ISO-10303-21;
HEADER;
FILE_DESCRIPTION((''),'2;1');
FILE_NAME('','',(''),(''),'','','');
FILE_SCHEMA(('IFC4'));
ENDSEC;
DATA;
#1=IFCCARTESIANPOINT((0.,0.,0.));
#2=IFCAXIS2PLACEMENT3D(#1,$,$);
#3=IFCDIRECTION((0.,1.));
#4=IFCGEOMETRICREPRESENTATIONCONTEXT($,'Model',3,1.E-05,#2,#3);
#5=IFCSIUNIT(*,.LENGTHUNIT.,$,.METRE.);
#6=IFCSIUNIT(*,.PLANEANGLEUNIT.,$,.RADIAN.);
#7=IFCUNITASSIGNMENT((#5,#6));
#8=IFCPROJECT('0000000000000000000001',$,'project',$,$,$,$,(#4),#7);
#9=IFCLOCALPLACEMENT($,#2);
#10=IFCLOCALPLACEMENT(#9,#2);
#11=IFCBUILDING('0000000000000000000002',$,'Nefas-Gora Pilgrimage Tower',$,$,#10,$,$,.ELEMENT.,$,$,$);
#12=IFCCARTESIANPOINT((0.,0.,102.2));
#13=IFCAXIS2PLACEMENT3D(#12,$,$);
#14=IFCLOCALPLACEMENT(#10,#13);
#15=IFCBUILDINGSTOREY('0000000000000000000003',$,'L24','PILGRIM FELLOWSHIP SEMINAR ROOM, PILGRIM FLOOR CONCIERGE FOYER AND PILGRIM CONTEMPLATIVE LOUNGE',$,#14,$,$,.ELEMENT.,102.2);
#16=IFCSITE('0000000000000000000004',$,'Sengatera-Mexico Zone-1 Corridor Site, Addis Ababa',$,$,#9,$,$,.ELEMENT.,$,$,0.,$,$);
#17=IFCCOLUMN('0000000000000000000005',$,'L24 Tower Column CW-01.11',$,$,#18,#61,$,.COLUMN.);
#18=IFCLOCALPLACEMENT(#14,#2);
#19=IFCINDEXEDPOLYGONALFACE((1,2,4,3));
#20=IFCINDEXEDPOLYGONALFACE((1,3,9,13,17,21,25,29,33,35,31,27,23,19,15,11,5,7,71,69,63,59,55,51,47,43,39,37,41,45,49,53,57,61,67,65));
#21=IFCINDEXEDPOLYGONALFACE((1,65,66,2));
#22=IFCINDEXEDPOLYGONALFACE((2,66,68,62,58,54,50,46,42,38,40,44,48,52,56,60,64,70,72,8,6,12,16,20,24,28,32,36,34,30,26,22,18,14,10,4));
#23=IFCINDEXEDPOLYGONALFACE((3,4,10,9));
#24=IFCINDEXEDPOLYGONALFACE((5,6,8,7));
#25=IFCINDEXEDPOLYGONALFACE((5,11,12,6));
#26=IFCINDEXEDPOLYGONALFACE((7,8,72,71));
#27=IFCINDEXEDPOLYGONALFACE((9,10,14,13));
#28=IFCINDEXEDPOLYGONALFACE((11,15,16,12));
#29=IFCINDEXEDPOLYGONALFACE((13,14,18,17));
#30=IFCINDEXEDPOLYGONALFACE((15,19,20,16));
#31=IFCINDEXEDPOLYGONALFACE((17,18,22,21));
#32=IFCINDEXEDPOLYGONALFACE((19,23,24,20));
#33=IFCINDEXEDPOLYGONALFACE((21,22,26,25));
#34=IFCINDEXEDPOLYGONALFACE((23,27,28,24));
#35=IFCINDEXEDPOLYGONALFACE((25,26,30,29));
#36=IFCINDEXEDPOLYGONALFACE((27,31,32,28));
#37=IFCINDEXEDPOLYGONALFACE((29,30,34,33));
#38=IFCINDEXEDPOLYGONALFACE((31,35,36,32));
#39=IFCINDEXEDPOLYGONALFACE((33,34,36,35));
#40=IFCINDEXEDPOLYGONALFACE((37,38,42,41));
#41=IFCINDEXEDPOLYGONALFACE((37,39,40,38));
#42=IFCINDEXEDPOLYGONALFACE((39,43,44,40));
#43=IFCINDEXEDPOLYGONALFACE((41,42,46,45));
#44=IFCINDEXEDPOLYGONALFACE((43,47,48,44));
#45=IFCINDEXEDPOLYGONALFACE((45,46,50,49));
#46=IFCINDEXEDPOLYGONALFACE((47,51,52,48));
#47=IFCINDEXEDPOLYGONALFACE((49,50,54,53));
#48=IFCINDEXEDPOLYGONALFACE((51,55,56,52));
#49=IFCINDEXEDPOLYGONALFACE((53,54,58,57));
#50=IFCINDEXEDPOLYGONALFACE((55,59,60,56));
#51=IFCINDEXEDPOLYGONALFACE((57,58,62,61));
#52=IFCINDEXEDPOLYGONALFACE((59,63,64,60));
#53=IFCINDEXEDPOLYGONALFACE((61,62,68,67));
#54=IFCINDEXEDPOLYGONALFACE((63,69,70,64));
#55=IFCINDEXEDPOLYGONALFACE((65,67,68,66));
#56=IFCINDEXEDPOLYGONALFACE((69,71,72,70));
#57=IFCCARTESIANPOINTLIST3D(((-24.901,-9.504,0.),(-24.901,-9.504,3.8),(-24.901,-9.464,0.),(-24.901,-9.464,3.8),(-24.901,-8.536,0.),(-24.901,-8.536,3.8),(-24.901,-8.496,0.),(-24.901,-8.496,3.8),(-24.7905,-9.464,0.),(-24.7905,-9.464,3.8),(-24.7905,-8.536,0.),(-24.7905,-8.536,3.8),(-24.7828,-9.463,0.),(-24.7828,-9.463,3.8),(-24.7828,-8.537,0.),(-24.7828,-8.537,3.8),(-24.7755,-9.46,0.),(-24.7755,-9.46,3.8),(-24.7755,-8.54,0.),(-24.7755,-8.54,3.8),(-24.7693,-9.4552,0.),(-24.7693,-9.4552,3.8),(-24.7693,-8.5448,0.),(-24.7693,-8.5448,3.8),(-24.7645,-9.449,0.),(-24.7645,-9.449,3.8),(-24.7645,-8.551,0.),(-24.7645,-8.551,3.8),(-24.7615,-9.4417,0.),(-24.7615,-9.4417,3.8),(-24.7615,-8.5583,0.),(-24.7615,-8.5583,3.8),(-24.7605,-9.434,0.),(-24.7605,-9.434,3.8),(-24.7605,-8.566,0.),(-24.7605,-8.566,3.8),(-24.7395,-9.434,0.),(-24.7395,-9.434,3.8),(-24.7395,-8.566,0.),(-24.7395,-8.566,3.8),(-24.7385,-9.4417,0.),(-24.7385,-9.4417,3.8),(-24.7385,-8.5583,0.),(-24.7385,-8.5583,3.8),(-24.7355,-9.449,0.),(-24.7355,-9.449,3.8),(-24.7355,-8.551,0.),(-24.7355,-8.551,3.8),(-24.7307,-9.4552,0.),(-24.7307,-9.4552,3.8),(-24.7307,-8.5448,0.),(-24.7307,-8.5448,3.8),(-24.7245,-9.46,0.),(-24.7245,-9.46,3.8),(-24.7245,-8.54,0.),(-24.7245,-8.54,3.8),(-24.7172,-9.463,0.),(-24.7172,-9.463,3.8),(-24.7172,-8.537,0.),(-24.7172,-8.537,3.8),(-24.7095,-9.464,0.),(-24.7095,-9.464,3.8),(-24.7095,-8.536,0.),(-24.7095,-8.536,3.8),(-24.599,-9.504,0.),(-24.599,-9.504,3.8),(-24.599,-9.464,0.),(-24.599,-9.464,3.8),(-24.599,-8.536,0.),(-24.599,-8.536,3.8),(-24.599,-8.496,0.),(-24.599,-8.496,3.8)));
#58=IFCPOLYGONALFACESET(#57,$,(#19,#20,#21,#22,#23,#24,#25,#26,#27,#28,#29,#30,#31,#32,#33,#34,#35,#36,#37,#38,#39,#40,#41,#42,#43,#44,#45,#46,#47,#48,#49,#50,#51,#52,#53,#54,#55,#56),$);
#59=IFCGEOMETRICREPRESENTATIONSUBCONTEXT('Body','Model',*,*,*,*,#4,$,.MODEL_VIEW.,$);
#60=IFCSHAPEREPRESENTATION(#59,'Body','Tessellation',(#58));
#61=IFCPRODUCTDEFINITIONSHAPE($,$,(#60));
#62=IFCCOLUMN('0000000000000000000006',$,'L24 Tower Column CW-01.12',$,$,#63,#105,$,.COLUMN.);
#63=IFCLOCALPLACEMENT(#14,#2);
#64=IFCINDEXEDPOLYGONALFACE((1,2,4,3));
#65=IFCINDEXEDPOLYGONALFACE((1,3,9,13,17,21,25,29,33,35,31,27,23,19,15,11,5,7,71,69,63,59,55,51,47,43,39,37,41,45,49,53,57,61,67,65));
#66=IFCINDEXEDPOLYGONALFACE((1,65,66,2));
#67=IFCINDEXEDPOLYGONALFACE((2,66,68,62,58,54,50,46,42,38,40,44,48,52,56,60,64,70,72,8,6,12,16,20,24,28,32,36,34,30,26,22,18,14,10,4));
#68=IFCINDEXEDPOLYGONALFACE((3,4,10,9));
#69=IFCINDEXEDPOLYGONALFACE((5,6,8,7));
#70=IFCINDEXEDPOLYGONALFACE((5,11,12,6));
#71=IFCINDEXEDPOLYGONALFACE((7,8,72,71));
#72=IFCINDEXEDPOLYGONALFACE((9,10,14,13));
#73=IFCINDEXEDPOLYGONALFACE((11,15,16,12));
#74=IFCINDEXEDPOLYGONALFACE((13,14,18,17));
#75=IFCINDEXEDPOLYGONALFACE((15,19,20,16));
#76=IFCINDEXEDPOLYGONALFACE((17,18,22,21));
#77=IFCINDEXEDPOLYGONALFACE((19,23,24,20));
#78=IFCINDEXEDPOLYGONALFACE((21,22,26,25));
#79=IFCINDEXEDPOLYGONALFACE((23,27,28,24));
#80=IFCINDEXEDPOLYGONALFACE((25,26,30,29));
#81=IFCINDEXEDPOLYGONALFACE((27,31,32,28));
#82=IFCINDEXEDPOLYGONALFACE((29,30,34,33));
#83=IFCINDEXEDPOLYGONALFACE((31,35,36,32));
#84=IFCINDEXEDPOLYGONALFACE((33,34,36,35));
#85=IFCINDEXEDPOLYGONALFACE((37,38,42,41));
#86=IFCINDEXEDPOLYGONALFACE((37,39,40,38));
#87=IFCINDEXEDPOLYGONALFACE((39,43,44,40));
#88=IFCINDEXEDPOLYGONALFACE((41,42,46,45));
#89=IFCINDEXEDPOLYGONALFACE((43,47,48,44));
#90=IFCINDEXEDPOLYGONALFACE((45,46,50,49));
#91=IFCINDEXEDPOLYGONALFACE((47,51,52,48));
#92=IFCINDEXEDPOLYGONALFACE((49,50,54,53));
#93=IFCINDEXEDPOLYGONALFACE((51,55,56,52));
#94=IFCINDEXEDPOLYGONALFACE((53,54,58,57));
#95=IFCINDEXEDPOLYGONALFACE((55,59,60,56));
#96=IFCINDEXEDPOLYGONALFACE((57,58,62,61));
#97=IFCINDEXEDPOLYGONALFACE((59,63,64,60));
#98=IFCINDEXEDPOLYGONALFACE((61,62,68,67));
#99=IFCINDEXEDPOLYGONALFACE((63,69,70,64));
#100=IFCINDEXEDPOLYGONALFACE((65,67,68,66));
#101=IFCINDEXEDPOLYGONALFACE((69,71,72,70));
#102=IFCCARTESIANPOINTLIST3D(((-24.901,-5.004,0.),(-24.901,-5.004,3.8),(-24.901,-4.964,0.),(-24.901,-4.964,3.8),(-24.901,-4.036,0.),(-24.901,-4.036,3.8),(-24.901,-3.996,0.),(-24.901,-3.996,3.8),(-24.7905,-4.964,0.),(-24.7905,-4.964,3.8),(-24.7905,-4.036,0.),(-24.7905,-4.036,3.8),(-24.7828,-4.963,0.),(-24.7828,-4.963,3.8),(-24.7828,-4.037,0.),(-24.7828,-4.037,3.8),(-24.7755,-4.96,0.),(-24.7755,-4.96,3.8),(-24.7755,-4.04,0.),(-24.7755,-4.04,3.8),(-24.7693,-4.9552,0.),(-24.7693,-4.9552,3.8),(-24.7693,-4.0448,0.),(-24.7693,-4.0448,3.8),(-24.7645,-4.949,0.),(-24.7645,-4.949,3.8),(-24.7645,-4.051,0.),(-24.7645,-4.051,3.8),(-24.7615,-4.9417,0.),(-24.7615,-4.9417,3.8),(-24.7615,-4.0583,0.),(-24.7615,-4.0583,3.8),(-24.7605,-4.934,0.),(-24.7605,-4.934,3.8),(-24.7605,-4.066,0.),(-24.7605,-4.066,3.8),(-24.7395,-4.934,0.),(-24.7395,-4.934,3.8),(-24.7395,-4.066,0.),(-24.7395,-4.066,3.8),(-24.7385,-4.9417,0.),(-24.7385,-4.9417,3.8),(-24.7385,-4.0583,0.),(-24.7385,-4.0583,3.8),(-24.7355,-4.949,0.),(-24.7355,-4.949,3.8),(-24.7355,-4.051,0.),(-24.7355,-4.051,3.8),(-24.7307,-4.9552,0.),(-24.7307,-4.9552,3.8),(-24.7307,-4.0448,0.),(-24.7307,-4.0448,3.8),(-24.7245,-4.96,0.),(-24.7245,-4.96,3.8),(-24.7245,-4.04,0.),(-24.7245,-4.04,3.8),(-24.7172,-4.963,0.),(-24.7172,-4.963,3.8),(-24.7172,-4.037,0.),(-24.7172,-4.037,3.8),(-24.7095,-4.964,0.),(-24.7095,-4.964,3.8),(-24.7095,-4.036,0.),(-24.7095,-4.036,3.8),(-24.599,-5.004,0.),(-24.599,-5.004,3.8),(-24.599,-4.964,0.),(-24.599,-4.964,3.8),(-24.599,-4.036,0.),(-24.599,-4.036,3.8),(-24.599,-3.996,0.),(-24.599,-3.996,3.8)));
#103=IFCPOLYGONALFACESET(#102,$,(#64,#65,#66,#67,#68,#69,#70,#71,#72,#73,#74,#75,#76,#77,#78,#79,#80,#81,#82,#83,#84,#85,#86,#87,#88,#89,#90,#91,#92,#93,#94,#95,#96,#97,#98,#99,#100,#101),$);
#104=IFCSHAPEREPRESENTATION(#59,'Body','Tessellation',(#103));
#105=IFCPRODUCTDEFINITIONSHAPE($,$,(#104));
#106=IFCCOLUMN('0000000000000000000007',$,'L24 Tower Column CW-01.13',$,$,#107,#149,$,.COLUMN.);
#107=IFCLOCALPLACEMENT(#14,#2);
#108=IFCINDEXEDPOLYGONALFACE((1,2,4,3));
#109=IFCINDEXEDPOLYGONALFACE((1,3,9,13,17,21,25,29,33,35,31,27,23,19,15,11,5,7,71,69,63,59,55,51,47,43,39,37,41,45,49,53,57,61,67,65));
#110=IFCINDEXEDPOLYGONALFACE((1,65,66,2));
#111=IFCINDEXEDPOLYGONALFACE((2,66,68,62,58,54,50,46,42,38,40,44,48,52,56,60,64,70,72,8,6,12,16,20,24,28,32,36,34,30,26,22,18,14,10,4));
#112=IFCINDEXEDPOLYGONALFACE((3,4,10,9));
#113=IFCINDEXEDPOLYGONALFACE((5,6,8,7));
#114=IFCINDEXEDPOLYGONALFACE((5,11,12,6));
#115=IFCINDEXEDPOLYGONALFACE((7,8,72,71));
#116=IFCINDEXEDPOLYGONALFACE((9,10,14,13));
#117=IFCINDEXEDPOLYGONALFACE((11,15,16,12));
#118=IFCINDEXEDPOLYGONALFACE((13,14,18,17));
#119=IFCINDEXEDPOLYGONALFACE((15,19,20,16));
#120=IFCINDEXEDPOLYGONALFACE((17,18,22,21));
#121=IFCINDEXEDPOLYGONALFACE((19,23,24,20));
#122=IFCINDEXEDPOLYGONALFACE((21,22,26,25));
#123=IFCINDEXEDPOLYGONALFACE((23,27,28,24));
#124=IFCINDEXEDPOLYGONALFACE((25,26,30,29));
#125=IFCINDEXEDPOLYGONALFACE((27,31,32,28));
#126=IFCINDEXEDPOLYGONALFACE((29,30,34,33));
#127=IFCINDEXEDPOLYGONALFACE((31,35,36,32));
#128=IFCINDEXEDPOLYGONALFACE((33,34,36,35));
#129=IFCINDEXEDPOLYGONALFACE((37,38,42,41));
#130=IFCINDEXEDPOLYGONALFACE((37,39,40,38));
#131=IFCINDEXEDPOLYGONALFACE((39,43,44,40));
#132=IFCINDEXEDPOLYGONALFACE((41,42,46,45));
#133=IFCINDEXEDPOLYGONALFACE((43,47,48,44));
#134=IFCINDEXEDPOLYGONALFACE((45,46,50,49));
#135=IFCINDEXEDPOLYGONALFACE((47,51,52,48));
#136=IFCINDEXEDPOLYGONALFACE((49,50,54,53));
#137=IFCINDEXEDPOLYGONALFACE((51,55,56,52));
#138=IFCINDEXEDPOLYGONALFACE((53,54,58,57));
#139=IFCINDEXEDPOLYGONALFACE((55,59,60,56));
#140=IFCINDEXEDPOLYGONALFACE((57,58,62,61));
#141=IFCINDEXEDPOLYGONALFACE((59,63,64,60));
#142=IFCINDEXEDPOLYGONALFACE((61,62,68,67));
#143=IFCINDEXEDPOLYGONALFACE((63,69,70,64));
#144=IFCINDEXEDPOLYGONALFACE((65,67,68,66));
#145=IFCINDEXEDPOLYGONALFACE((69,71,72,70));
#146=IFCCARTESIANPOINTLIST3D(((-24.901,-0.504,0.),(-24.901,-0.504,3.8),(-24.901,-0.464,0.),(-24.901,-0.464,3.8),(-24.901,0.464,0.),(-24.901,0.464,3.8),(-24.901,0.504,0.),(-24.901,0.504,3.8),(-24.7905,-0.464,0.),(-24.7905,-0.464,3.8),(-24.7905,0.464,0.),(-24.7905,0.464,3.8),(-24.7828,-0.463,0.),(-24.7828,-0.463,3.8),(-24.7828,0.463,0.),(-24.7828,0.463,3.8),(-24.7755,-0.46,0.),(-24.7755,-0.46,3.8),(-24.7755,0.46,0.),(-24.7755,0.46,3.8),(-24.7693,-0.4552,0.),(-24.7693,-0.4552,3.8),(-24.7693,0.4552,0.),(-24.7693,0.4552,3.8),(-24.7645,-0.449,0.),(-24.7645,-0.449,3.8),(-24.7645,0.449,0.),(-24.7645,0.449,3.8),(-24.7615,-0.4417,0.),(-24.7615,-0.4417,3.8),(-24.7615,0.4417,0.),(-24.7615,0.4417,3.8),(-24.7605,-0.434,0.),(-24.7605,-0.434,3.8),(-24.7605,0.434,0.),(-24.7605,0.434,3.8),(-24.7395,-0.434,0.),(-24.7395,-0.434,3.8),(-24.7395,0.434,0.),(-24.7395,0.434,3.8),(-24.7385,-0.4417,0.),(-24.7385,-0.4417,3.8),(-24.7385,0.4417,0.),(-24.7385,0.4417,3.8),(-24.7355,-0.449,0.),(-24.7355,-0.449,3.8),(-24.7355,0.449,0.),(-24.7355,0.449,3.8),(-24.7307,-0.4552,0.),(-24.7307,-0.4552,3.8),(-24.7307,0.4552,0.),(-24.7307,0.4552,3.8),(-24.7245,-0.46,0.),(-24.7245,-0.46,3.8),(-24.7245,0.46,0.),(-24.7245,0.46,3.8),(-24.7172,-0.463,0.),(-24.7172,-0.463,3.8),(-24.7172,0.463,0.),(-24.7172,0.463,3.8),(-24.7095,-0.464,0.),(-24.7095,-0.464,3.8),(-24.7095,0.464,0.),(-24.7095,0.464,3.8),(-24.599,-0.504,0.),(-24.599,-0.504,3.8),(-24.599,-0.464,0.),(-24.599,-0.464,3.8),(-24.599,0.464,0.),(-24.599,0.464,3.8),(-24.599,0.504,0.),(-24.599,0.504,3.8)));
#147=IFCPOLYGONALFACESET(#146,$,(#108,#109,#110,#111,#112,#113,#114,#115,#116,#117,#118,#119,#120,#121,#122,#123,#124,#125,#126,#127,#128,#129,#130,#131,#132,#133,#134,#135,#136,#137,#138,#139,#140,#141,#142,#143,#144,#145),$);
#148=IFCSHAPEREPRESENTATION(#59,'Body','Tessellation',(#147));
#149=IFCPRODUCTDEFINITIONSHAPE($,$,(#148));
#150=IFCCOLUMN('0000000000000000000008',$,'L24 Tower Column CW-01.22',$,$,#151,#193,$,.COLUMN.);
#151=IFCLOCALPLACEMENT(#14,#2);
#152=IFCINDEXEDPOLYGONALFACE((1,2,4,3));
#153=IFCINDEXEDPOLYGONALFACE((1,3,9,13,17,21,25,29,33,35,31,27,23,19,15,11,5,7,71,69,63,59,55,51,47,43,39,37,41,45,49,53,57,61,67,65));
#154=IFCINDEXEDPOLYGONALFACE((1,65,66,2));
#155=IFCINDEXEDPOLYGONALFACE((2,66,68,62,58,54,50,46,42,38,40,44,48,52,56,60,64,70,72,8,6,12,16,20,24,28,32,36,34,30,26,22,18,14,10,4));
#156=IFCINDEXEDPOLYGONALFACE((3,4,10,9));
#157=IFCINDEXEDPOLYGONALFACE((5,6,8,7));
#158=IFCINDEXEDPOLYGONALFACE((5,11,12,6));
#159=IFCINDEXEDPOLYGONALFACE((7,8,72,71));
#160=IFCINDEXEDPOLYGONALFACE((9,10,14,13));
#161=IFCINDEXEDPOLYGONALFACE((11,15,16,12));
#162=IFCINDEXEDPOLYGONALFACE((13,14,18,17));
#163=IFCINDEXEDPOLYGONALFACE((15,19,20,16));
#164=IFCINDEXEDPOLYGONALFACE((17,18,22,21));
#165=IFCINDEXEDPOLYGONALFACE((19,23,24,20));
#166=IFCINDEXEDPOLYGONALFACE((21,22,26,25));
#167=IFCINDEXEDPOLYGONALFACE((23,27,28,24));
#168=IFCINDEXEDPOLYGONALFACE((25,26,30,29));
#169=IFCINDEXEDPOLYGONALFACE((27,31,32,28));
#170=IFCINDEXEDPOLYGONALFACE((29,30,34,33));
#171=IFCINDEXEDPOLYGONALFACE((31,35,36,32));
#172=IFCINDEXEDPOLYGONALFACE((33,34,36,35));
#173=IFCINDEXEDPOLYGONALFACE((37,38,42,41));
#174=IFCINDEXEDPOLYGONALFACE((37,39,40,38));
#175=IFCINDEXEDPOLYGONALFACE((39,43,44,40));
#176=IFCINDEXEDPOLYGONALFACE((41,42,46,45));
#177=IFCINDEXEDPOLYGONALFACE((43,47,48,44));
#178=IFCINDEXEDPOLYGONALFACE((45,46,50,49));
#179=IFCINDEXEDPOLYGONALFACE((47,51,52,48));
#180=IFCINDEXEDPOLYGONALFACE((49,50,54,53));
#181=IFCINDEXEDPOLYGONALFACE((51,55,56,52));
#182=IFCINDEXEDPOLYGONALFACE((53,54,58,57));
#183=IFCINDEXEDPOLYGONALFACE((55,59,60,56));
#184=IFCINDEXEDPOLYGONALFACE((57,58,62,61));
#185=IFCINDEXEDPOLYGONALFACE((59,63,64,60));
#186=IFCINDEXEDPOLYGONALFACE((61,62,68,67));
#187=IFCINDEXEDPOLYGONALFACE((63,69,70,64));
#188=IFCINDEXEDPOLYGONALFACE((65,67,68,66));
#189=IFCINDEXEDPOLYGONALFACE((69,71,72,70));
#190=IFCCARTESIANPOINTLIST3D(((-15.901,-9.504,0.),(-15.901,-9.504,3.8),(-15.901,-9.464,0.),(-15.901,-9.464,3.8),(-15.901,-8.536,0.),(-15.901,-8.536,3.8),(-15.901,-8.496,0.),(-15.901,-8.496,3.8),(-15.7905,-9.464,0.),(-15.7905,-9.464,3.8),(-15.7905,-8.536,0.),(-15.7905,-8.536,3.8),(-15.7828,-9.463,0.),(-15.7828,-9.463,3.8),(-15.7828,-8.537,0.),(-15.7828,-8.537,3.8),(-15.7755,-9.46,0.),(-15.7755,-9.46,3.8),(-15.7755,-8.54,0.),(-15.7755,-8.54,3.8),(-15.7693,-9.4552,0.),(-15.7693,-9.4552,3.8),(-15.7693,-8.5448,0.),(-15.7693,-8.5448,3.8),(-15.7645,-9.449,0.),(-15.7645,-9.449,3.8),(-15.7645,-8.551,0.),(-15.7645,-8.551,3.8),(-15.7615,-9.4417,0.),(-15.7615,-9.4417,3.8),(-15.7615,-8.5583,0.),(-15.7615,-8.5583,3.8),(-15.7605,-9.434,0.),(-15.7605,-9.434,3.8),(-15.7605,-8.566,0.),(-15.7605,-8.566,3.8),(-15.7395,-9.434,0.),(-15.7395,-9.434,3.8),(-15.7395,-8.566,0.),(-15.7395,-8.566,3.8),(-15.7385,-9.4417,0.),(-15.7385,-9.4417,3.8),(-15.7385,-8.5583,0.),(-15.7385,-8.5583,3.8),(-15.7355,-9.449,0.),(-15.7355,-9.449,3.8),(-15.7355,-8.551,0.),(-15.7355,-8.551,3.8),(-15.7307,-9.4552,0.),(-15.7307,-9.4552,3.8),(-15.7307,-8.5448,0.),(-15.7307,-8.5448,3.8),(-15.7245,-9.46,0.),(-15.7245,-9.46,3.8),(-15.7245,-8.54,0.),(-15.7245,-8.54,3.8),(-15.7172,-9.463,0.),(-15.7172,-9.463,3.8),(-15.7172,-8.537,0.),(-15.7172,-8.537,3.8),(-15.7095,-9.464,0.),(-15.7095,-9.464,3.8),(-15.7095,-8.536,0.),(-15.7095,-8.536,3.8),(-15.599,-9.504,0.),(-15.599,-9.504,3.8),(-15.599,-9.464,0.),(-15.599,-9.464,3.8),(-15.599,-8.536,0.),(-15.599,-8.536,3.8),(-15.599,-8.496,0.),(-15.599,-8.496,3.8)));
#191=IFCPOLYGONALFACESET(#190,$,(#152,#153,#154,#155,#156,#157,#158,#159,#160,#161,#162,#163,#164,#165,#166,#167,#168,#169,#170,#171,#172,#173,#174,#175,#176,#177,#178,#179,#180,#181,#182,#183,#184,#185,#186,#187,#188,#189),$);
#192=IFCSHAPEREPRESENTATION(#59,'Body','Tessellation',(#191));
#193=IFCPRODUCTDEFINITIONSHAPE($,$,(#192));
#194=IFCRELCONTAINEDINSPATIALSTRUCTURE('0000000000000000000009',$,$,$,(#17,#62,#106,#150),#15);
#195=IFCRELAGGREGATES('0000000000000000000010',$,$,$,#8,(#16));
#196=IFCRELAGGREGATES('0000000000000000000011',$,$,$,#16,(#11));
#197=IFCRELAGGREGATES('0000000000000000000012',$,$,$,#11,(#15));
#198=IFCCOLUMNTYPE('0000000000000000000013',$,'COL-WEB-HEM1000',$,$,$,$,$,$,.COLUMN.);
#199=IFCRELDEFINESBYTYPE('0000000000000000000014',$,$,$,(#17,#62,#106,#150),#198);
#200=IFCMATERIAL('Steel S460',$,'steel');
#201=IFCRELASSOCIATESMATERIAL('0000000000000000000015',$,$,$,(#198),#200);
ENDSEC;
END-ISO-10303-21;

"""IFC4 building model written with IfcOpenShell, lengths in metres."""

from ifc_helpers import new_model, si_unit, direction, frame, origin, origin_2d, place, context, subcontext, project, spatial, i_section, extrude, source, transform, mapped, material, material_profile, profile_set, type_object, element, save


model = new_model("IFC4")

# Units and contexts
model_context = context("Model", 3, precision=1e-05, world=origin(), true_north=direction((0.0, 1.0)))
body_context = subcontext(model_context, "Body", "Model", "MODEL_VIEW")
ifc_project = project(units=[si_unit("LENGTHUNIT", "METRE"), si_unit("PLANEANGLEUNIT", "RADIAN")], contexts=[model_context])

# Site, building, storey
site_placement = place(None, origin())
site = spatial("IfcSite", under=ifc_project, at=site_placement, Name="Sengatera-Mexico Zone-1 Corridor Site, Addis Ababa", CompositionType="ELEMENT", RefElevation=0.0)
building_placement = place(site_placement, origin())
building = spatial("IfcBuilding", under=site, at=building_placement, Name="Nefas-Gora Pilgrimage Tower", CompositionType="ELEMENT")
storey_placement = place(building_placement, frame((0.0, 0.0, 102.2)))
storey = spatial("IfcBuildingStorey", under=building, at=storey_placement, Name="L24", Description="PILGRIM FELLOWSHIP SEMINAR ROOM, PILGRIM FLOOR CONCIERGE FOYER AND PILGRIM CONTEMPLATIVE LOUNGE", CompositionType="ELEMENT", Elevation=102.2)

# Columns
ifc_material_1 = material(Name="Steel S460", Category="steel")
ifc_material_profile_1 = material_profile(ifc_material_1, i_section(OverallWidth=0.302, OverallDepth=1.0081, WebThickness=0.021, FlangeThickness=0.04, FilletRadius=0.03, at=origin_2d()), Name="HEM 1000")
ifc_profile_set_1 = profile_set([ifc_material_profile_1], Name="Steel S460")
column_type_1 = type_object("IfcColumnType", Name="COL-WEB-HEM1000", PredefinedType="COLUMN", material=ifc_profile_set_1)
shared_shape_1 = source(origin(), body_context, "Body", "SweptSolid", [
    extrude(i_section(OverallWidth=0.302, OverallDepth=1.0081, WebThickness=0.021, FlangeThickness=0.04, FilletRadius=0.03, at=origin_2d()), origin(), (0.0, 0.0, 1.0), 3.8),
])
for number, where, z_axis, x_axis, name in (
    (1, (-24.75, -9.0, 0.0), (0.0, 0.0, 1.0), (1.0, 0.0, 0.0), "L24 Tower Column CW-01.11"),
    (2, (-24.75, -4.5, 0.0), (0.0, 0.0, 1.0), (1.0, 0.0, 0.0), "L24 Tower Column CW-01.12"),
    (3, (-24.75, 0.0, 0.0), (0.0, 0.0, 1.0), (1.0, 0.0, 0.0), "L24 Tower Column CW-01.13"),
    (4, (-15.75, -9.0, 0.0), (0.0, 0.0, 1.0), (1.0, 0.0, 0.0), "L24 Tower Column CW-01.22"),
):
    element("IfcColumn", number, at=place(storey_placement, frame(where, z_axis=z_axis, x_axis=x_axis)), inside=storey, type_object=column_type_1, Name=name, PredefinedType="COLUMN", context=body_context, shape_type="MappedRepresentation", body=[
        mapped(shared_shape_1, transform((0.0, 0.0, 0.0), x_axis=(1.0, 0.0, 0.0), y_axis=(0.0, 1.0, 0.0), z_axis=(0.0, 0.0, 1.0), scale=1.0)),
    ])

save(model, "model.ifc")
